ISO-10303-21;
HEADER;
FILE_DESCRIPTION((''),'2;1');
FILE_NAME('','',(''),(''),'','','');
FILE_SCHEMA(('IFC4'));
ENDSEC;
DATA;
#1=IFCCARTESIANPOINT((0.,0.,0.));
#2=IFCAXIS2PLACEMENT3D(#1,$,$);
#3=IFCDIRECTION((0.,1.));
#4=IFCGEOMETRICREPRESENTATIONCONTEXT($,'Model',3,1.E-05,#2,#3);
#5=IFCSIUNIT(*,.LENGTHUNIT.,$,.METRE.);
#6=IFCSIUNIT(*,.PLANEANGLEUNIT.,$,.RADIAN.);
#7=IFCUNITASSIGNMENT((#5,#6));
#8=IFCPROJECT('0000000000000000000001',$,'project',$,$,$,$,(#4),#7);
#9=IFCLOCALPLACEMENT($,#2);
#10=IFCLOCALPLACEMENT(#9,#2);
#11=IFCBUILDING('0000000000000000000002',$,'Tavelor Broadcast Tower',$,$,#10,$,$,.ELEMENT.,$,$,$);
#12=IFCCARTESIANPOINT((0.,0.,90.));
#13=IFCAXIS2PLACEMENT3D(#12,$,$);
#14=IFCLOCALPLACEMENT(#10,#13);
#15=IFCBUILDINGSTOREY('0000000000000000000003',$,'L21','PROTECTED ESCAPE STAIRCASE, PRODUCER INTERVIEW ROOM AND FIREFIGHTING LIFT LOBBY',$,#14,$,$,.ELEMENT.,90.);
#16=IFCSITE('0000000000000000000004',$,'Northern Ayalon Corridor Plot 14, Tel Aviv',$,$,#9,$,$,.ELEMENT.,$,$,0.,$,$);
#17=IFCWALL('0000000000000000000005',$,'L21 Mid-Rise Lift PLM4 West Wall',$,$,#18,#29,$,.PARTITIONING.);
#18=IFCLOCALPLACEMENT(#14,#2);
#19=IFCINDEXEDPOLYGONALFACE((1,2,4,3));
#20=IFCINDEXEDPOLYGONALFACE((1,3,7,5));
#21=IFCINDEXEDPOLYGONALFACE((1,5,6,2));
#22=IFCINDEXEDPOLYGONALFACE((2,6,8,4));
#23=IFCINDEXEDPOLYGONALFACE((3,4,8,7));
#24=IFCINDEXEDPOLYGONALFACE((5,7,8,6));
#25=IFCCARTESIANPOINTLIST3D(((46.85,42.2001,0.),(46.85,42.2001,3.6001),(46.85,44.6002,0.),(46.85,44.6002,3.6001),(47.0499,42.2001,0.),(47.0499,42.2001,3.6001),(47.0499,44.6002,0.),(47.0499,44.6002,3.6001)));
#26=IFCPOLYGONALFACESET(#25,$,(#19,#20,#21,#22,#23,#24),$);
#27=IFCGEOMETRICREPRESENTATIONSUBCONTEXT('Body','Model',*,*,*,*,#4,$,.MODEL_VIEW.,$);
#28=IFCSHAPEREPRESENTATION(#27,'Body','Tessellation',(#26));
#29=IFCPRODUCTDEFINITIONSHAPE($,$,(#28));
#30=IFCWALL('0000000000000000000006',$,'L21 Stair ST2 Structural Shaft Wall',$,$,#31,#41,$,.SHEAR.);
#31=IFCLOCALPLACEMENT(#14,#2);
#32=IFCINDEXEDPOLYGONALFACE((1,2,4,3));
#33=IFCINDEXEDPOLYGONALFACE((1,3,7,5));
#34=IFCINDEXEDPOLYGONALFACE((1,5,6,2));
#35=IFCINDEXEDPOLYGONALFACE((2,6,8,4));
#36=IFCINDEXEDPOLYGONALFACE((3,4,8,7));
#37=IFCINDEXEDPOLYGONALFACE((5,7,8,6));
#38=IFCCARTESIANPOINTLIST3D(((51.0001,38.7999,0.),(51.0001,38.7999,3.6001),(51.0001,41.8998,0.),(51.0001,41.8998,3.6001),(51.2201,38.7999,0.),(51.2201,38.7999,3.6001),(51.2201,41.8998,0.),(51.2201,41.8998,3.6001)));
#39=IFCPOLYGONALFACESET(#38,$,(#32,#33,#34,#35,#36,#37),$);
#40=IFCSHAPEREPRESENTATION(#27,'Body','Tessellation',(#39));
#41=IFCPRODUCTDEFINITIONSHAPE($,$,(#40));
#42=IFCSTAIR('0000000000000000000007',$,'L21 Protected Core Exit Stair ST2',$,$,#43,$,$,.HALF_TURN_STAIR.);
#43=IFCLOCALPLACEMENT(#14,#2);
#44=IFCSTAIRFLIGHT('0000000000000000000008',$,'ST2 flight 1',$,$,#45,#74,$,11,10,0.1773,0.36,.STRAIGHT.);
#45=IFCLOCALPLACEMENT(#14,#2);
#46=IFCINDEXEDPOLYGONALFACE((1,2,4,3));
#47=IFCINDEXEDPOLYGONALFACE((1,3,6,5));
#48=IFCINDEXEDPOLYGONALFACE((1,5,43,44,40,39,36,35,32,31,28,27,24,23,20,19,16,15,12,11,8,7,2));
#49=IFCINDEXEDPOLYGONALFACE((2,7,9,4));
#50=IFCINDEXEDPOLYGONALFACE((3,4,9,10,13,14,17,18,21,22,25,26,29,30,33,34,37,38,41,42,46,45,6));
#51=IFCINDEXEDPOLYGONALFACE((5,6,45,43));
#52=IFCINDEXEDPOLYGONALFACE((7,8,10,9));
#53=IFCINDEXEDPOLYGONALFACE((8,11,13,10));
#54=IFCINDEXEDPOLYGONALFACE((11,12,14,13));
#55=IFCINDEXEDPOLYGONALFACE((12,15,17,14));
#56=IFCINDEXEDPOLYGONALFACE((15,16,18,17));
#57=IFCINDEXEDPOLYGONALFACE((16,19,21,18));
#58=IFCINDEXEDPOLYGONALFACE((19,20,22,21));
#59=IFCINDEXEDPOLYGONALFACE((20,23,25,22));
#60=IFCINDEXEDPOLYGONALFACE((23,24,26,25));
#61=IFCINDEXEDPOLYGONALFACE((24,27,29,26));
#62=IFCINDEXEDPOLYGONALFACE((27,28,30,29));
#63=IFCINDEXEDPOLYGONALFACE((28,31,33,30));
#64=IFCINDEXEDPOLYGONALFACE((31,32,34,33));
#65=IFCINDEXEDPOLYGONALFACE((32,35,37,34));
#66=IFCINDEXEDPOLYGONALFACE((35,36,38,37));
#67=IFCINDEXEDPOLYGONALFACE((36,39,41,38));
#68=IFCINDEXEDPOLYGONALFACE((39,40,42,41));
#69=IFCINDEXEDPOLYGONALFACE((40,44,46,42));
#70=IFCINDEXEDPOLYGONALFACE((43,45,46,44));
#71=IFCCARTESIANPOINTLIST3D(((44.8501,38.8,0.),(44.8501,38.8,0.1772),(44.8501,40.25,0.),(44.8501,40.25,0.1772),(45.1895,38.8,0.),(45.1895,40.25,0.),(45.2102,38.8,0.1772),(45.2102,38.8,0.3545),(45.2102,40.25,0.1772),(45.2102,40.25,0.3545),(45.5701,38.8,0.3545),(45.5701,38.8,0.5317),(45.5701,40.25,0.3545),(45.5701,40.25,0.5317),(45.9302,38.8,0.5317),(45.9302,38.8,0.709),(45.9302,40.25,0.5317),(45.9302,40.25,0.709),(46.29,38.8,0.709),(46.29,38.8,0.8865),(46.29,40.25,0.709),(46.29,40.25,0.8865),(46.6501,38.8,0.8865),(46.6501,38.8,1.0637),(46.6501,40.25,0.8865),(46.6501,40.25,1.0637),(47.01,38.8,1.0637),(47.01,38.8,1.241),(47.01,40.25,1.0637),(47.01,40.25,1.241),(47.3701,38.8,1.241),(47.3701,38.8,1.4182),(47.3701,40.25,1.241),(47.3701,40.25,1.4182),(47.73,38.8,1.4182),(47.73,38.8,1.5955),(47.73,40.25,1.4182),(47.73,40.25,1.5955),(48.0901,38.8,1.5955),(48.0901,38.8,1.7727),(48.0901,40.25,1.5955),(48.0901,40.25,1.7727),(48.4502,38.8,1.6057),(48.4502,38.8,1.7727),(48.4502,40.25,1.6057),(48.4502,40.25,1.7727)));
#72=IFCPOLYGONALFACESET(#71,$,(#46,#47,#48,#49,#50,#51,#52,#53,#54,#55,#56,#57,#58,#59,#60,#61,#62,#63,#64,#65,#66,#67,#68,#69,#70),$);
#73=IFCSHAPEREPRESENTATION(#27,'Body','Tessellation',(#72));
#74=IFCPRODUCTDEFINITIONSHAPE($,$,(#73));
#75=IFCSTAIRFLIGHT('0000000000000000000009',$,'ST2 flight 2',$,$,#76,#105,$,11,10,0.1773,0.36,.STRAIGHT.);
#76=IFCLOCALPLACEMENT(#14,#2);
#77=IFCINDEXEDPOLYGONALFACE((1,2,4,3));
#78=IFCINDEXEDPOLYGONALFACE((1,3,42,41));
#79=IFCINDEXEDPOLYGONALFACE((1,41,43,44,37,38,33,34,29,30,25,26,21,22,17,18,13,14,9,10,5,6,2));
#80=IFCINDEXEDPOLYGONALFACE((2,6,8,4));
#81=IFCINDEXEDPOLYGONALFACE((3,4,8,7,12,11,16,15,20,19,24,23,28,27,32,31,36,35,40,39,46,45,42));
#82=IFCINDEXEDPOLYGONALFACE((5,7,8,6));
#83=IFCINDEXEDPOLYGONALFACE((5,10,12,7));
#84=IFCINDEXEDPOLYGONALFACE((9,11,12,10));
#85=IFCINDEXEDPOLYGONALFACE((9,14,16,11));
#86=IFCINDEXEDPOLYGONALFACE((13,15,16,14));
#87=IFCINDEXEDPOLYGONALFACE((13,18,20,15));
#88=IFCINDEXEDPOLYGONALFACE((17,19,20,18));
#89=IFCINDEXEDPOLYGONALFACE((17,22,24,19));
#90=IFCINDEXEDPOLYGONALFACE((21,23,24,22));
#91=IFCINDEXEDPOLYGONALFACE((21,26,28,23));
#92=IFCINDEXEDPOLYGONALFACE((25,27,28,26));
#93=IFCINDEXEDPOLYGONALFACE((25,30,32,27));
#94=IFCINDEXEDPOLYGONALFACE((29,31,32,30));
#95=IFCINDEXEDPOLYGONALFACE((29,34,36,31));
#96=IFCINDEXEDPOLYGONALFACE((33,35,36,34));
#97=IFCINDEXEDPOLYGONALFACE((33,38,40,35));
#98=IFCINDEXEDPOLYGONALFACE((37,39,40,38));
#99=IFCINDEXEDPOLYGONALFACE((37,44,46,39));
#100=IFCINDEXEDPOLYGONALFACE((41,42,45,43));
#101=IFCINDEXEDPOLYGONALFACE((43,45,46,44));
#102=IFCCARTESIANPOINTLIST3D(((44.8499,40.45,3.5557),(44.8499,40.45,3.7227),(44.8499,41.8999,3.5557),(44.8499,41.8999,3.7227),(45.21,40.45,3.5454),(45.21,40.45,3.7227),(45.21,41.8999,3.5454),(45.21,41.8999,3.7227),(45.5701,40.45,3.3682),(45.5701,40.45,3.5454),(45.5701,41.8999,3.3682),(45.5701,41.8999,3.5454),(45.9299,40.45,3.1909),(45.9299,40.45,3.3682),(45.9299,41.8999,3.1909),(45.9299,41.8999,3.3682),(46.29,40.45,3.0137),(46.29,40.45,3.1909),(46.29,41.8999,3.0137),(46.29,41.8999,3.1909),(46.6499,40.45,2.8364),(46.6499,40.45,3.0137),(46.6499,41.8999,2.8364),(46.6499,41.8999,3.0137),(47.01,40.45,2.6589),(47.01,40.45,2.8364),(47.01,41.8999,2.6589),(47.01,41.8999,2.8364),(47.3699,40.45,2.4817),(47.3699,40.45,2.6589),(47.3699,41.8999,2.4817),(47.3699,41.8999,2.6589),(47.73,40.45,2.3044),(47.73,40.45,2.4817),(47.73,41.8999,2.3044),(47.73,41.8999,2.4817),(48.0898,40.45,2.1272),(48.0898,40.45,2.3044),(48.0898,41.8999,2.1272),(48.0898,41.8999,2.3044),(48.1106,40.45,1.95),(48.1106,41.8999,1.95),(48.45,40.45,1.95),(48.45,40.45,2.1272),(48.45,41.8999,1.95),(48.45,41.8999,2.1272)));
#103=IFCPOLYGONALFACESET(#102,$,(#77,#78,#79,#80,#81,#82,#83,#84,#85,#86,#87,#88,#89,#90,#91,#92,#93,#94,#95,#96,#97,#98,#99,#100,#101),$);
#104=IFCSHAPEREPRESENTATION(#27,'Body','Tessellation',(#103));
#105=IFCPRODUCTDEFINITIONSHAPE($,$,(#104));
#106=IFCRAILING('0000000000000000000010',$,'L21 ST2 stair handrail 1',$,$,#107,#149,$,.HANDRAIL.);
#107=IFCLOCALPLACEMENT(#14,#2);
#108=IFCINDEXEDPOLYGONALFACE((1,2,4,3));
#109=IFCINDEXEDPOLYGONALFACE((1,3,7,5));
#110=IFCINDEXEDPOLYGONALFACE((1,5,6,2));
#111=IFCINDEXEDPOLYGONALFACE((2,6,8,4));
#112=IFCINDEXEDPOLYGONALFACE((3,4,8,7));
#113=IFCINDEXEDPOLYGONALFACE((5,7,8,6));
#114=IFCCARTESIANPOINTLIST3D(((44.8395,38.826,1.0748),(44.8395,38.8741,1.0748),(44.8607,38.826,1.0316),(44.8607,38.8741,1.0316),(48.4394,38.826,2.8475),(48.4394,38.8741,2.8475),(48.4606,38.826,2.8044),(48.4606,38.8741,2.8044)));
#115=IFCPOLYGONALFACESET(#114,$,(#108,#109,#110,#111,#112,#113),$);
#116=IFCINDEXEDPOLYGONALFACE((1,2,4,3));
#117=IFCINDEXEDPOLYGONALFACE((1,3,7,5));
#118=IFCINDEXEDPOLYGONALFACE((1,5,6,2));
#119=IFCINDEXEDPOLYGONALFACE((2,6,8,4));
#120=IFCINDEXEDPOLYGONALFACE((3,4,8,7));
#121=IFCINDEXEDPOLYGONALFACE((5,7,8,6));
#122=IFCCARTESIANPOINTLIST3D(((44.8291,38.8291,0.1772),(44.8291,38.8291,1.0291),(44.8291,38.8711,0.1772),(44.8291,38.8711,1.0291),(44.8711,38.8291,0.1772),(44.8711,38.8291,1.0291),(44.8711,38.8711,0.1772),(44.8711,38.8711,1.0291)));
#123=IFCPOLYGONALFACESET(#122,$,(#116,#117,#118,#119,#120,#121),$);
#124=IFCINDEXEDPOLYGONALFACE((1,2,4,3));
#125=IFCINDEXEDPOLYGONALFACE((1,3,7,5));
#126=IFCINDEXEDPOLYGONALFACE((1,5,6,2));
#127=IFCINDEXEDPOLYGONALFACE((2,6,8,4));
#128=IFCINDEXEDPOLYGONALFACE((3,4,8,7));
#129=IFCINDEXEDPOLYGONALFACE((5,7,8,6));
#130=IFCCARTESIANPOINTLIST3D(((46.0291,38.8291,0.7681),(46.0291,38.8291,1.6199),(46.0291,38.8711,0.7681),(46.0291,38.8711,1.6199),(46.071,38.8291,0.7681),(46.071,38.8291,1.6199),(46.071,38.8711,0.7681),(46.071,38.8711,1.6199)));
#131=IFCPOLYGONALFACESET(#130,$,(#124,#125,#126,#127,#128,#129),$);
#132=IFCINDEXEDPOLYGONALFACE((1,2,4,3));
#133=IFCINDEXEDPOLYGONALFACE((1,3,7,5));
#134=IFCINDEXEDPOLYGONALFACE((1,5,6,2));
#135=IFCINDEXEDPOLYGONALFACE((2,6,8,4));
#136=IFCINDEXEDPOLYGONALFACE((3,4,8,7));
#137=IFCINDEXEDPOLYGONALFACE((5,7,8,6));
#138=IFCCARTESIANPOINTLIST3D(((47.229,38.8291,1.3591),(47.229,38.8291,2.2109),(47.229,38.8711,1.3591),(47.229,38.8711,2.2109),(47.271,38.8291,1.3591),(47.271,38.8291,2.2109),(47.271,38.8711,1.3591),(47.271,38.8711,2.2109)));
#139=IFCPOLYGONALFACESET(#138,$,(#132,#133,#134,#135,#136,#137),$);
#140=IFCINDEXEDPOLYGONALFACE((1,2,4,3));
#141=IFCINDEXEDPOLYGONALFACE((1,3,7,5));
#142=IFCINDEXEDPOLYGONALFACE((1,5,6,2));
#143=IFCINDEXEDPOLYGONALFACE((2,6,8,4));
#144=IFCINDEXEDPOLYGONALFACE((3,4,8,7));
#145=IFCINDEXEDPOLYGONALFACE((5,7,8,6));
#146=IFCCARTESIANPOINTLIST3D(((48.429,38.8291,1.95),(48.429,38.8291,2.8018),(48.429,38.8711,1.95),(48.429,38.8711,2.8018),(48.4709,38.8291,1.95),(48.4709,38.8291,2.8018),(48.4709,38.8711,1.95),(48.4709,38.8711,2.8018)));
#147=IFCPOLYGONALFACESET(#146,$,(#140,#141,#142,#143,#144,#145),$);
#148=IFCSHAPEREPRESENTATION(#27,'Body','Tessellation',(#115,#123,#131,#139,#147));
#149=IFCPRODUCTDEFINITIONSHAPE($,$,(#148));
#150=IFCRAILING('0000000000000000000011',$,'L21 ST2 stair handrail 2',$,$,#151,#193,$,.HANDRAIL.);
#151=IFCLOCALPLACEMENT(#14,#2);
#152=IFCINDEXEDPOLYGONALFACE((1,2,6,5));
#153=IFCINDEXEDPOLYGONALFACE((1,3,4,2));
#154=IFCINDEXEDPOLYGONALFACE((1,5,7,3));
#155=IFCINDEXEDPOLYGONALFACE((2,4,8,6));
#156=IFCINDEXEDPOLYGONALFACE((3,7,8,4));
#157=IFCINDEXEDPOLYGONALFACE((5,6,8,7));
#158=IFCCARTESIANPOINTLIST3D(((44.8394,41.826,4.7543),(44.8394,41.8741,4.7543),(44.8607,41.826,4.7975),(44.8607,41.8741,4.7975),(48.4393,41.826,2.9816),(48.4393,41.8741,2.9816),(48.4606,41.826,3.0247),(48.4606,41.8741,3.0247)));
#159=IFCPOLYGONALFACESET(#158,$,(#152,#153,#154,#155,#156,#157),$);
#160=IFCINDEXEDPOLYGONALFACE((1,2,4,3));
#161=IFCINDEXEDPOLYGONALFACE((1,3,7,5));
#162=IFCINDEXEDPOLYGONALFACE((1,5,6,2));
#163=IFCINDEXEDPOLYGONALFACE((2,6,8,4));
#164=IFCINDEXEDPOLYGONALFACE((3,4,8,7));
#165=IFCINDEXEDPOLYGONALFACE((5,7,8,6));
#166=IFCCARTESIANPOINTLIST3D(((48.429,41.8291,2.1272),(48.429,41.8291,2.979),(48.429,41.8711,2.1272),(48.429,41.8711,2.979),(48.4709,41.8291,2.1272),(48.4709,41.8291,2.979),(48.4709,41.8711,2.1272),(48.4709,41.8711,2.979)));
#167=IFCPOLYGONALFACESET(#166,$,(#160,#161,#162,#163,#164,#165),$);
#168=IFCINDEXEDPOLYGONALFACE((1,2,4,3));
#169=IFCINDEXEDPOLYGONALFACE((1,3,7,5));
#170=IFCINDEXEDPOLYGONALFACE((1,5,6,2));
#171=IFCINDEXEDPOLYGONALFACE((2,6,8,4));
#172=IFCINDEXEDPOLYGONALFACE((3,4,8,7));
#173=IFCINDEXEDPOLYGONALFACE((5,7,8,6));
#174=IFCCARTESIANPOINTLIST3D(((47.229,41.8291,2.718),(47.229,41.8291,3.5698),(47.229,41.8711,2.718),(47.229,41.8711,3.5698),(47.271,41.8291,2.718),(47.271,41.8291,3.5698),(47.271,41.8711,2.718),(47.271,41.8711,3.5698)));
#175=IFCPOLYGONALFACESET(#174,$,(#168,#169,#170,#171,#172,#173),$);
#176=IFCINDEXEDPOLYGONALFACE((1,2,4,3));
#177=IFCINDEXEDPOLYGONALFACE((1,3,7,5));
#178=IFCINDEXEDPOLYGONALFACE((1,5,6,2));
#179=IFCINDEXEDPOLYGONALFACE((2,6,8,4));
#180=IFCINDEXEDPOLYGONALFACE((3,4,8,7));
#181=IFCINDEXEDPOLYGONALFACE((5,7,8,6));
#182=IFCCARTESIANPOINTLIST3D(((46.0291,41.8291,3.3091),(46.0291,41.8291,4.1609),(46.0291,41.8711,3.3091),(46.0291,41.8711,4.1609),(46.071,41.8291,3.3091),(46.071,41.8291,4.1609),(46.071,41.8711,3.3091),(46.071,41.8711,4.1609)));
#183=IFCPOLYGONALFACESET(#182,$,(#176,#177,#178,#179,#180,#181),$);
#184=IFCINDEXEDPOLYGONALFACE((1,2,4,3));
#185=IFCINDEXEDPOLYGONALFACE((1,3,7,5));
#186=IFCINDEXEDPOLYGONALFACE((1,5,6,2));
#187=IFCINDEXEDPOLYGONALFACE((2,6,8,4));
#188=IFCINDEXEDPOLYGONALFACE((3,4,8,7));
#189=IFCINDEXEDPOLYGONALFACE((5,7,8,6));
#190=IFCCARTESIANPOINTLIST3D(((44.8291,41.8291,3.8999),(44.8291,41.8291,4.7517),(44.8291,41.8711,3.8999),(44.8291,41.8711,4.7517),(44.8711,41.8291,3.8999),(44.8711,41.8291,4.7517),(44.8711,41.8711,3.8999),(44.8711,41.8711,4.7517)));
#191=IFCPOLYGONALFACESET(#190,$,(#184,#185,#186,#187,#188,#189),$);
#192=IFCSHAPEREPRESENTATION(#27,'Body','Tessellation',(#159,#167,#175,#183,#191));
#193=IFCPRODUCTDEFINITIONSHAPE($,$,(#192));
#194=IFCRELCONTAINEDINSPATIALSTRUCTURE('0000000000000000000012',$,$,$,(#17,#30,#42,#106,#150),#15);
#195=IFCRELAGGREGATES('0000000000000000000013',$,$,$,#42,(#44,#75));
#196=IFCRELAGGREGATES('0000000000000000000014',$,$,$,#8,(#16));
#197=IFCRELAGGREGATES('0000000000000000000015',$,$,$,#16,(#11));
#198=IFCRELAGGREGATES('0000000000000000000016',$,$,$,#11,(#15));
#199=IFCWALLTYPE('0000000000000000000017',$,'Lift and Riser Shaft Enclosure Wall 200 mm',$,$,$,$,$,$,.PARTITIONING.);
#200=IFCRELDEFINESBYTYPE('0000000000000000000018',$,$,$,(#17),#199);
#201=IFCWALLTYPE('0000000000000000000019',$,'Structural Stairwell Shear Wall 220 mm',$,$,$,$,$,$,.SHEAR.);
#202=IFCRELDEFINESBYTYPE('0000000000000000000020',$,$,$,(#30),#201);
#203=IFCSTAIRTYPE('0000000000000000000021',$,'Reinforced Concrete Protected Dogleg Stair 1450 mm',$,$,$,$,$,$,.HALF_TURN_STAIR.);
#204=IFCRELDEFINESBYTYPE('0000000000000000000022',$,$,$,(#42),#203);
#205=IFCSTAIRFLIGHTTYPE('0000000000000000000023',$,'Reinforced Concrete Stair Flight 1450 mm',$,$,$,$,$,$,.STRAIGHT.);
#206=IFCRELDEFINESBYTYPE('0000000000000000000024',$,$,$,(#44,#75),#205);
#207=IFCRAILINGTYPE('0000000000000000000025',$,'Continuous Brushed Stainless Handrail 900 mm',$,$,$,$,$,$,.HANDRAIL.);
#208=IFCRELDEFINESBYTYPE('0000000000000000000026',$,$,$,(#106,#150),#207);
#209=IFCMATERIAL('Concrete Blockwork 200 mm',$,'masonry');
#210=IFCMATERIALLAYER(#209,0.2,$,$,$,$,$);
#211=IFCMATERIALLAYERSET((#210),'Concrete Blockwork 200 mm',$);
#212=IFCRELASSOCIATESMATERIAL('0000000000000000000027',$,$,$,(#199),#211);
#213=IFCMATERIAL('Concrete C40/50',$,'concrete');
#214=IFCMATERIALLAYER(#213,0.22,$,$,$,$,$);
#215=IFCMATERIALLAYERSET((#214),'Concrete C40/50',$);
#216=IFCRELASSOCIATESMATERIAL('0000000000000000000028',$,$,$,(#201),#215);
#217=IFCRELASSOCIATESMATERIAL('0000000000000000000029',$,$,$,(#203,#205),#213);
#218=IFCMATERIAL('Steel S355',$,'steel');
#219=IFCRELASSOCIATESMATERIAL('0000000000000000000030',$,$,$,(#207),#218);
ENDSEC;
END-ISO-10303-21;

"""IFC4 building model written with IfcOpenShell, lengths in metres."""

from ifc_helpers import new_model, si_unit, direction, frame, frame_2d, origin, origin_2d, place, context, subcontext, project, spatial, polyline, rectangle, outline, extrude, material, layer, layer_set, type_object, element, aggregate, save


model = new_model("IFC4")

# Units and contexts
model_context = context("Model", 3, precision=1e-05, world=origin(), true_north=direction((0.0, 1.0)))
body_context = subcontext(model_context, "Body", "Model", "MODEL_VIEW")
ifc_project = project(units=[si_unit("LENGTHUNIT", "METRE"), si_unit("PLANEANGLEUNIT", "RADIAN")], contexts=[model_context])

# Site, building, storey
site_placement = place(None, origin())
site = spatial("IfcSite", under=ifc_project, at=site_placement, Name="Northern Ayalon Corridor Plot 14, Tel Aviv", CompositionType="ELEMENT", RefElevation=0.0)
building_placement = place(site_placement, origin())
building = spatial("IfcBuilding", under=site, at=building_placement, Name="Tavelor Broadcast Tower", CompositionType="ELEMENT")
storey_placement = place(building_placement, frame((0.0, 0.0, 90.0)))
storey = spatial("IfcBuildingStorey", under=building, at=storey_placement, Name="L21", Description="PROTECTED ESCAPE STAIRCASE, PRODUCER INTERVIEW ROOM AND FIREFIGHTING LIFT LOBBY", CompositionType="ELEMENT", Elevation=90.0)

# Shared definitions
ifc_material_1 = material(Name="Concrete C40/50", Category="concrete")
ifc_material_2 = material(Name="Steel S355", Category="steel")

# Walls
ifc_material_3 = material(Name="Concrete Blockwork 200 mm", Category="masonry")
ifc_layer_1 = layer(ifc_material_3, 0.2)
ifc_layer_set_1 = layer_set([ifc_layer_1], Name="Concrete Blockwork 200 mm")
wall_type_1 = type_object("IfcWallType", Name="Lift and Riser Shaft Enclosure Wall 200 mm", PredefinedType="PARTITIONING", material=ifc_layer_set_1)
wall_1_placement = place(storey_placement, frame((46.95, 42.2, 0.0), z_axis=(0.0, 0.0, 1.0), x_axis=(0.0, 1.0, 0.0)))
element("IfcWall", 1, at=wall_1_placement, inside=storey, type_object=wall_type_1, Name="L21 Mid-Rise Lift PLM4 West Wall", PredefinedType="PARTITIONING", context=body_context, shape_type="SweptSolid", body=[
    extrude(rectangle(XDim=2.4001, YDim=0.2, at=frame_2d((1.2002, 0.0))), origin(), (0.0, 0.0, 1.0), 3.6001),
])
ifc_layer_2 = layer(ifc_material_1, 0.22)
ifc_layer_set_2 = layer_set([ifc_layer_2], Name="Concrete C40/50")
wall_type_2 = type_object("IfcWallType", Name="Structural Stairwell Shear Wall 220 mm", PredefinedType="SHEAR", material=ifc_layer_set_2)
wall_2_placement = place(storey_placement, frame((51.1101, 38.8, 0.0), z_axis=(0.0, 0.0, 1.0), x_axis=(0.0, 1.0, 0.0)))
element("IfcWall", 2, at=wall_2_placement, inside=storey, type_object=wall_type_2, Name="L21 Stair ST2 Structural Shaft Wall", PredefinedType="SHEAR", context=body_context, shape_type="SweptSolid", body=[
    extrude(rectangle(XDim=3.0999, YDim=0.22, at=frame_2d((1.5498, 0.0))), origin(), (0.0, 0.0, 1.0), 3.6001),
])

# Stair, stair flights
stair_type = type_object("IfcStairType", Name="Reinforced Concrete Protected Dogleg Stair 1450 mm", PredefinedType="HALF_TURN_STAIR", material=ifc_material_1)
stair_placement = place(storey_placement, origin())
stair = element("IfcStair", 3, at=stair_placement, inside=storey, type_object=stair_type, Name="L21 Protected Core Exit Stair ST2", PredefinedType="HALF_TURN_STAIR")
stair_flight_type = type_object("IfcStairFlightType", Name="Reinforced Concrete Stair Flight 1450 mm", PredefinedType="STRAIGHT", material=ifc_material_1)
stair_flight_1_placement = place(storey_placement, frame((44.8501, 39.5249, 0.0), z_axis=(0.0, 0.0, 1.0), x_axis=(1.0, 0.0, 0.0)))
stair_flight_1 = element("IfcStairFlight", 4, at=stair_flight_1_placement, type_object=stair_flight_type, Name="ST2 flight 1", NumberOfRisers=11, NumberOfTreads=10, PredefinedType="STRAIGHT", RiserHeight=0.1773, TreadLength=0.36, context=body_context, shape_type="SweptSolid", body=[
    extrude(outline(polyline([(0.0, 0.0), (0.0, 0.1772), (0.3601, 0.1772), (0.3601, 0.3545), (0.72, 0.3545), (0.72, 0.5317), (1.0801, 0.5317), (1.0801, 0.709), (1.4399, 0.709), (1.4399, 0.8865), (1.8, 0.8865), (1.8, 1.0637), (2.1599, 1.0637), (2.1599, 1.241), (2.52, 1.241), (2.52, 1.4182), (2.8799, 1.4182), (2.8799, 1.5955), (3.24, 1.5955), (3.24, 1.7727), (3.6001, 1.7727), (3.6001, 1.95), (3.6001, 1.6057), (0.3394, 0.0), (0.0, 0.0)])), frame((0.0, 0.7251, 0.0), z_axis=(0.0, -1.0, 0.0), x_axis=(1.0, 0.0, 0.0)), (0.0, 0.0, 1.0), 1.45),
])
stair_flight_2_placement = place(storey_placement, frame((48.45, 41.175, 1.95), z_axis=(0.0, 0.0, 1.0), x_axis=(-1.0, 0.0, 0.0)))
stair_flight_2 = element("IfcStairFlight", 5, at=stair_flight_2_placement, type_object=stair_flight_type, Name="ST2 flight 2", NumberOfRisers=11, NumberOfTreads=10, PredefinedType="STRAIGHT", RiserHeight=0.1773, TreadLength=0.36, context=body_context, shape_type="SweptSolid", body=[
    extrude(outline(polyline([(0.0, 0.0), (0.0, 0.1772), (0.3601, 0.1772), (0.3601, 0.3545), (0.72, 0.3545), (0.72, 0.5317), (1.0801, 0.5317), (1.0801, 0.709), (1.4399, 0.709), (1.4399, 0.8865), (1.8, 0.8865), (1.8, 1.0637), (2.1599, 1.0637), (2.1599, 1.241), (2.52, 1.241), (2.52, 1.4182), (2.8799, 1.4182), (2.8799, 1.5955), (3.24, 1.5955), (3.24, 1.7727), (3.6001, 1.7727), (3.6001, 1.95), (3.6001, 1.6057), (0.3394, 0.0), (0.0, 0.0)])), frame((0.0, 0.7251, 0.0), z_axis=(0.0, -1.0, 0.0), x_axis=(1.0, 0.0, 0.0)), (0.0, 0.0, 1.0), 1.45),
])
aggregate(stair, [stair_flight_1, stair_flight_2])

# Railings
railing_type_1 = type_object("IfcRailingType", Name="Continuous Brushed Stainless Handrail 900 mm", PredefinedType="HANDRAIL", material=ifc_material_2)
railing_1_placement = place(storey_placement, frame((44.8501, 38.8501, 0.1772)))
element("IfcRailing", 6, at=railing_1_placement, inside=storey, type_object=railing_type_1, Name="L21 ST2 stair handrail 1", PredefinedType="HANDRAIL", context=body_context, shape_type="SweptSolid", body=[
    extrude(rectangle(XDim=0.0481, YDim=0.0481, at=origin_2d()), frame((0.0, 0.0, 0.876), z_axis=(0.897124, 0.0, 0.441778), x_axis=(0.0, 1.0, 0.0)), (0.0, 0.0, 1.0), 4.0127),
    extrude(rectangle(XDim=0.042, YDim=0.042, at=origin_2d()), origin(), (0.0, 0.0, 1.0), 0.8518),
    extrude(rectangle(XDim=0.042, YDim=0.042, at=origin_2d()), frame((1.2, 0.0, 0.5908)), (0.0, 0.0, 1.0), 0.8518),
    extrude(rectangle(XDim=0.042, YDim=0.042, at=origin_2d()), frame((2.3999, 0.0, 1.1819)), (0.0, 0.0, 1.0), 0.8518),
    extrude(rectangle(XDim=0.042, YDim=0.042, at=origin_2d()), frame((3.5999, 0.0, 1.7727)), (0.0, 0.0, 1.0), 0.8518),
])
railing_2_placement = place(storey_placement, frame((48.45, 41.8501, 2.1272)))
element("IfcRailing", 7, at=railing_2_placement, inside=storey, type_object=railing_type_1, Name="L21 ST2 stair handrail 2", PredefinedType="HANDRAIL", context=body_context, shape_type="SweptSolid", body=[
    extrude(rectangle(XDim=0.0481, YDim=0.0481, at=origin_2d()), frame((0.0, 0.0, 0.876), z_axis=(-0.897124, 0.0, 0.441778), x_axis=(0.0, -1.0, 0.0)), (0.0, 0.0, 1.0), 4.0127),
    extrude(rectangle(XDim=0.042, YDim=0.042, at=origin_2d()), origin(), (0.0, 0.0, 1.0), 0.8518),
    extrude(rectangle(XDim=0.042, YDim=0.042, at=origin_2d()), frame((-1.2, 0.0, 0.5908)), (0.0, 0.0, 1.0), 0.8518),
    extrude(rectangle(XDim=0.042, YDim=0.042, at=origin_2d()), frame((-2.3999, 0.0, 1.1819)), (0.0, 0.0, 1.0), 0.8518),
    extrude(rectangle(XDim=0.042, YDim=0.042, at=origin_2d()), frame((-3.5999, 0.0, 1.7727)), (0.0, 0.0, 1.0), 0.8518),
])

save(model, "model.ifc")
